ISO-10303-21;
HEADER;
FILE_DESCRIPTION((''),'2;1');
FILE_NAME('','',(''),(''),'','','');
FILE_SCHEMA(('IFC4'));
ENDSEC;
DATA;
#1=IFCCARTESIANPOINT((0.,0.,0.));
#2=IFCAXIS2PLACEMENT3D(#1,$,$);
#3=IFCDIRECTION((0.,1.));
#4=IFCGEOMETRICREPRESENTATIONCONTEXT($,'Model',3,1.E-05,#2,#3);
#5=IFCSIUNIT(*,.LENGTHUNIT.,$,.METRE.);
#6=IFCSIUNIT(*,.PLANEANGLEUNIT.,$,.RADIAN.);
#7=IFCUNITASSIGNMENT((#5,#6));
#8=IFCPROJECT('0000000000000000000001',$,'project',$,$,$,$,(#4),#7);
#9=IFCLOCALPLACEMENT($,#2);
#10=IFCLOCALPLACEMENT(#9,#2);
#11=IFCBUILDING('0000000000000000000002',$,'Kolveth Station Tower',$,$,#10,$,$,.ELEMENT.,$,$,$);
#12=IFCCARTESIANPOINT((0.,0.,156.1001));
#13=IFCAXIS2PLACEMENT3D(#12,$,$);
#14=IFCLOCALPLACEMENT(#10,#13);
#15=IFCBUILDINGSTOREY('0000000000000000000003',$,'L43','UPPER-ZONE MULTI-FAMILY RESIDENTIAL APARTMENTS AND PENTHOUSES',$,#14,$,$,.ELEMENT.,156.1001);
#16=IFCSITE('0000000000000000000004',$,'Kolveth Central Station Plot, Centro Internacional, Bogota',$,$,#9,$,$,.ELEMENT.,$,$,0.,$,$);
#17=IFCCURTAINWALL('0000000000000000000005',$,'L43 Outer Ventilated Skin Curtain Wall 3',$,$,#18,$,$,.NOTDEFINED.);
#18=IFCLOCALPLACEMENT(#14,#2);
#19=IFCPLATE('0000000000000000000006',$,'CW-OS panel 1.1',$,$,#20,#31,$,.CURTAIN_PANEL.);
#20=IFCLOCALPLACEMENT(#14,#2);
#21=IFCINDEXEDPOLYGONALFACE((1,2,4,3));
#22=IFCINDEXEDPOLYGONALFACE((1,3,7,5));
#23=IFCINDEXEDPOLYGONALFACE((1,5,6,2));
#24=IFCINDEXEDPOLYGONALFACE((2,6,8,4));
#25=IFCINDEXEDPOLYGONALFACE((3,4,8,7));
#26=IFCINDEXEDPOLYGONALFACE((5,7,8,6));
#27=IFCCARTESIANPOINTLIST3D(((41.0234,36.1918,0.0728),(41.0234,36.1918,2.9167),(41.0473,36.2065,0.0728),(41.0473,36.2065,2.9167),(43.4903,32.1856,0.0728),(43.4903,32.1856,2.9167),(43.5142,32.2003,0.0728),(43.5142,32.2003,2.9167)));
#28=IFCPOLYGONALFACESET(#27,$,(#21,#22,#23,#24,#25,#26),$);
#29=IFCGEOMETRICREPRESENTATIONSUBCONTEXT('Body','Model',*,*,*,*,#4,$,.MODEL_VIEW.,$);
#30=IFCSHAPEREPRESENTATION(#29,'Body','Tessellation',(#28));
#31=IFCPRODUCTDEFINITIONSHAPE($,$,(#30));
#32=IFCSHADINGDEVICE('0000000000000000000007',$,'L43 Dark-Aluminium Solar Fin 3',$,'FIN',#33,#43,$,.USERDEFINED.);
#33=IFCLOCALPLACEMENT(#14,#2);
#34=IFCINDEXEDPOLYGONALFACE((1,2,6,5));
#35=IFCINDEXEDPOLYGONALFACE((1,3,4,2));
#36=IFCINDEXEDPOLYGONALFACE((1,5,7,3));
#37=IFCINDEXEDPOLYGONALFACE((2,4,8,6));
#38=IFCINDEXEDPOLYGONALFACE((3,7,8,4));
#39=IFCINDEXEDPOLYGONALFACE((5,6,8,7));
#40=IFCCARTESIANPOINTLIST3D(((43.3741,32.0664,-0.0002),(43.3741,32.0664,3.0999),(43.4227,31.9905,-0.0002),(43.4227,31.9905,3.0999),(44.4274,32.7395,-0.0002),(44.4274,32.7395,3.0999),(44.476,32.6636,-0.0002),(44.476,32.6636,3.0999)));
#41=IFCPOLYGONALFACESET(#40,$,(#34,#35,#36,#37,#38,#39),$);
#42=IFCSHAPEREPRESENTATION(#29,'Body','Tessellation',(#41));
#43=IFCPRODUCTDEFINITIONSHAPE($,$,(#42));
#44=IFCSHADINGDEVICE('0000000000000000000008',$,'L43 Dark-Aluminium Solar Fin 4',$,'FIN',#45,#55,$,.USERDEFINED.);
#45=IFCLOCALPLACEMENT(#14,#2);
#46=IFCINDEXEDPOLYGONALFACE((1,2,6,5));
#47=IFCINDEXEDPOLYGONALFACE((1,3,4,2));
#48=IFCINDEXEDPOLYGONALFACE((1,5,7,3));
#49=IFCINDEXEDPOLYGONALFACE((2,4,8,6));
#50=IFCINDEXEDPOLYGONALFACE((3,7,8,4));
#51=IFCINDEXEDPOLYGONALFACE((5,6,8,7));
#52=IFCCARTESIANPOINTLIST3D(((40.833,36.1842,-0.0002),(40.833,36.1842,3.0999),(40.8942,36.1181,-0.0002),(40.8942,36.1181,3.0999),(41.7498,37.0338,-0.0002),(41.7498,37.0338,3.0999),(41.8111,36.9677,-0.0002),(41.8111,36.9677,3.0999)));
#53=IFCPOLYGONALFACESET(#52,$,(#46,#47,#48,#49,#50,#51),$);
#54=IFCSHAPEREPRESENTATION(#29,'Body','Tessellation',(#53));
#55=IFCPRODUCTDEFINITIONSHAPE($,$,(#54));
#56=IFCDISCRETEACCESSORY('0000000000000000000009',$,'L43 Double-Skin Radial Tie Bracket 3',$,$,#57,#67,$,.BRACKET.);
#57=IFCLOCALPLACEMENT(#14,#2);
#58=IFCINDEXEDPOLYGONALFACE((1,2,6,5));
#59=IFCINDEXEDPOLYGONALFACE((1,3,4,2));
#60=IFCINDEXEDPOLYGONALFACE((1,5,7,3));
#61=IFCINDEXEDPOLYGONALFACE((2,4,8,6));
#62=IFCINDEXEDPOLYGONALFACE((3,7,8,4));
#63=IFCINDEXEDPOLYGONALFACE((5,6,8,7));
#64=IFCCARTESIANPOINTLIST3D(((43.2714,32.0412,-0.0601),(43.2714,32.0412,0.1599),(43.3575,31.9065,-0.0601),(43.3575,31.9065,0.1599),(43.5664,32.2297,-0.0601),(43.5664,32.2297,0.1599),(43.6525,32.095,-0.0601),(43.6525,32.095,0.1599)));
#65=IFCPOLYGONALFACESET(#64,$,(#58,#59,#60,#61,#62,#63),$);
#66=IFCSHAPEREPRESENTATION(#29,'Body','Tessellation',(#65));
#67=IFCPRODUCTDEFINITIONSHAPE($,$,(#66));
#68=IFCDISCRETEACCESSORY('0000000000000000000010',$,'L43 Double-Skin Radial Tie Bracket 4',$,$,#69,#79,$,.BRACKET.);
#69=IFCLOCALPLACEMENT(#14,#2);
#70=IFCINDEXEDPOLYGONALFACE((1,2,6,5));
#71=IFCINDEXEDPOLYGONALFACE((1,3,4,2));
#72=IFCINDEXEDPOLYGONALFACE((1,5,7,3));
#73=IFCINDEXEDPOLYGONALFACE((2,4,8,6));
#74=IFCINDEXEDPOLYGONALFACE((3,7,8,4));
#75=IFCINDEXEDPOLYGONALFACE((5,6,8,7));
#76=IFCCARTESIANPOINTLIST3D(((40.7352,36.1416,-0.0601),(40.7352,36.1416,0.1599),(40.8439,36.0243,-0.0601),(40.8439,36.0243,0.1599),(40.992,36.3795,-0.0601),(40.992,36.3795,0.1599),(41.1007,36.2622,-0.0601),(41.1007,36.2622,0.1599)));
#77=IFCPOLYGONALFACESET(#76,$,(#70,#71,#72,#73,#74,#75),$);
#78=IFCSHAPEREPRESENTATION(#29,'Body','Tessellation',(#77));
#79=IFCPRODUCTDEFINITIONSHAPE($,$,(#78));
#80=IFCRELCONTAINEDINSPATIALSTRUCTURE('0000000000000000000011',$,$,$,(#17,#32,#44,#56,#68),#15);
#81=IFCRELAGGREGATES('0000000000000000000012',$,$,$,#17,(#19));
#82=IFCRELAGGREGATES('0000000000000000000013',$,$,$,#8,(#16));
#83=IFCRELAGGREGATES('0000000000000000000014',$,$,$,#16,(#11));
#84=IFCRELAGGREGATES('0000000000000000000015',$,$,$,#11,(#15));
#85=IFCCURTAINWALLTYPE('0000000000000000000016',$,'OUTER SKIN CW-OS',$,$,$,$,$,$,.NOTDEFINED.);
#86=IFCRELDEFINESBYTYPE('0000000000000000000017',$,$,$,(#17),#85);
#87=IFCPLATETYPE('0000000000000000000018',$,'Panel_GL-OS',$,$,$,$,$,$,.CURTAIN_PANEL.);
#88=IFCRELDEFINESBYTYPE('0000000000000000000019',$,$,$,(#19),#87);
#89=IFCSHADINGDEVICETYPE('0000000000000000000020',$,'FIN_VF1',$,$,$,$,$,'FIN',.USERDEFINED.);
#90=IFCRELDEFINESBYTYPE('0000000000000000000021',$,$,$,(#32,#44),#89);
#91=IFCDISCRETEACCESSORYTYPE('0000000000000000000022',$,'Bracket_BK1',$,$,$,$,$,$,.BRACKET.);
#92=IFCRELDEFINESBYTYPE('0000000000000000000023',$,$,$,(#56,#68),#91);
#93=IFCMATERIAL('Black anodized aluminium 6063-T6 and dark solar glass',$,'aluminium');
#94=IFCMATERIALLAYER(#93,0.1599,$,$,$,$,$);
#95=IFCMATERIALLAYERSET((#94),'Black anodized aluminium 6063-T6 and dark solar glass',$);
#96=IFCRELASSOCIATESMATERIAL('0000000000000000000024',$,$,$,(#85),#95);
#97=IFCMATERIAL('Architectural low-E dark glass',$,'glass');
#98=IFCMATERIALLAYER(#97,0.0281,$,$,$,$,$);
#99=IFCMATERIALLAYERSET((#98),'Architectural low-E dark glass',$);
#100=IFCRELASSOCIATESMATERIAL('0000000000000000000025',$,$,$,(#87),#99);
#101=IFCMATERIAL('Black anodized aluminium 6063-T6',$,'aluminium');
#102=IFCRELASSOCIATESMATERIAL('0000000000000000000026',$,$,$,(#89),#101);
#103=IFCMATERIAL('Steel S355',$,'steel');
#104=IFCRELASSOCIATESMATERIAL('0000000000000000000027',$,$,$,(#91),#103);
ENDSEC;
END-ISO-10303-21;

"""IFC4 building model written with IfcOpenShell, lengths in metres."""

from ifc_helpers import new_model, si_unit, direction, frame, origin, origin_2d, place, context, subcontext, project, spatial, rectangle, extrude, source, transform, mapped, material, layer, layer_set, type_object, element, aggregate, save


model = new_model("IFC4")

# Units and contexts
model_context = context("Model", 3, precision=1e-05, world=origin(), true_north=direction((0.0, 1.0)))
body_context = subcontext(model_context, "Body", "Model", "MODEL_VIEW")
ifc_project = project(units=[si_unit("LENGTHUNIT", "METRE"), si_unit("PLANEANGLEUNIT", "RADIAN")], contexts=[model_context])

# Site, building, storey
site_placement = place(None, origin())
site = spatial("IfcSite", under=ifc_project, at=site_placement, Name="Kolveth Central Station Plot, Centro Internacional, Bogota", CompositionType="ELEMENT", RefElevation=0.0)
building_placement = place(site_placement, origin())
building = spatial("IfcBuilding", under=site, at=building_placement, Name="Kolveth Station Tower", CompositionType="ELEMENT")
storey_placement = place(building_placement, frame((0.0, 0.0, 156.1001)))
storey = spatial("IfcBuildingStorey", under=building, at=storey_placement, Name="L43", Description="UPPER-ZONE MULTI-FAMILY RESIDENTIAL APARTMENTS AND PENTHOUSES", CompositionType="ELEMENT", Elevation=156.1001)

# Shared definitions
ifc_material_1 = material(Name="Steel S355", Category="steel")

# Shared definitions
ifc_material_2 = material(Name="Black anodized aluminium 6063-T6", Category="aluminium")

# Shared definitions
ifc_material_3 = material(Name="Black anodized aluminium 6063-T6 and dark solar glass", Category="aluminium")
ifc_layer_1 = layer(ifc_material_3, 0.1599)
ifc_layer_set_1 = layer_set([ifc_layer_1], Name="Black anodized aluminium 6063-T6 and dark solar glass")
curtain_wall_type_1 = type_object("IfcCurtainWallType", Name="OUTER SKIN CW-OS", PredefinedType="NOTDEFINED", material=ifc_layer_set_1)

# Curtain wall
curtain_wall_1_placement = place(storey_placement, origin())
curtain_wall_1 = element("IfcCurtainWall", 1, at=curtain_wall_1_placement, inside=storey, type_object=curtain_wall_type_1, Name="L43 Outer Ventilated Skin Curtain Wall 3", PredefinedType="NOTDEFINED")

# Plate
ifc_material_4 = material(Name="Architectural low-E dark glass", Category="glass")
ifc_layer_2 = layer(ifc_material_4, 0.0281)
ifc_layer_set_2 = layer_set([ifc_layer_2], Name="Architectural low-E dark glass")
plate_type_1 = type_object("IfcPlateType", Name="Panel_GL-OS", PredefinedType="CURTAIN_PANEL", material=ifc_layer_set_2)
shared_shape_1 = source(origin(), body_context, "Body", "SweptSolid", [
    extrude(rectangle(XDim=4.7048, YDim=0.0281, at=origin_2d()), origin(), (0.0, 0.0, 1.0), 2.844),
])
plate_1_placement = place(storey_placement, frame((42.2688, 34.196, 0.0728), z_axis=(0.0, 0.0, 1.0), x_axis=(-0.52434, 0.851509, 0.0)))
plate_1 = element("IfcPlate", 2, at=plate_1_placement, type_object=plate_type_1, Name="CW-OS panel 1.1", PredefinedType="CURTAIN_PANEL", context=body_context, shape_type="MappedRepresentation", body=[
    mapped(shared_shape_1, transform((0.0, 0.0, 0.0), x_axis=(1.0, 0.0, 0.0), y_axis=(0.0, 1.0, 0.0), z_axis=(0.0, 0.0, 1.0), scale=1.0)),
])
aggregate(curtain_wall_1, [plate_1])

# Shading devices
shading_device_type = type_object("IfcShadingDeviceType", Name="FIN_VF1", ElementType="FIN", PredefinedType="USERDEFINED", material=ifc_material_2)
shared_shape_2 = source(origin(), body_context, "Body", "SweptSolid", [
    extrude(rectangle(XDim=1.25, YDim=0.0901, at=origin_2d()), origin(), (0.0, 0.0, 1.0), 3.1001),
])
for number, where, z_axis, x_axis, name in (
    (3, (43.925, 32.365, -0.0002), (0.0, 0.0, 1.0), (0.84264, 0.538477, 0.0), "L43 Dark-Aluminium Solar Fin 3"),
    (4, (41.322, 36.5759, -0.0002), (0.0, 0.0, 1.0), (0.733493, 0.679697, 0.0), "L43 Dark-Aluminium Solar Fin 4"),
):
    element("IfcShadingDevice", number, at=place(storey_placement, frame(where, z_axis=z_axis, x_axis=x_axis)), inside=storey, type_object=shading_device_type, Name=name, ObjectType="FIN", PredefinedType="USERDEFINED", context=body_context, shape_type="MappedRepresentation", body=[
        mapped(shared_shape_2, transform((0.0, 0.0, 0.0), x_axis=(1.0, 0.0, 0.0), y_axis=(0.0, 1.0, 0.0), z_axis=(0.0, 0.0, 1.0), scale=1.0)),
    ])

# Discrete accessories
discrete_accessory_type = type_object("IfcDiscreteAccessoryType", Name="Bracket_BK1", PredefinedType="BRACKET", material=ifc_material_1)
shared_shape_3 = source(origin(), body_context, "Body", "SweptSolid", [
    extrude(rectangle(XDim=0.3501, YDim=0.1599, at=origin_2d()), origin(), (0.0, 0.0, 1.0), 0.22),
])
for number, where, z_axis, x_axis, name in (
    (5, (43.4619, 32.0681, -0.0601), (0.0, 0.0, 1.0), (0.84264, 0.538477, 0.0), "L43 Double-Skin Radial Tie Bracket 3"),
    (6, (40.918, 36.2019, -0.0601), (0.0, 0.0, 1.0), (0.733493, 0.679697, 0.0), "L43 Double-Skin Radial Tie Bracket 4"),
):
    element("IfcDiscreteAccessory", number, at=place(storey_placement, frame(where, z_axis=z_axis, x_axis=x_axis)), inside=storey, type_object=discrete_accessory_type, Name=name, PredefinedType="BRACKET", context=body_context, shape_type="MappedRepresentation", body=[
        mapped(shared_shape_3, transform((0.0, 0.0, 0.0), x_axis=(1.0, 0.0, 0.0), y_axis=(0.0, 1.0, 0.0), z_axis=(0.0, 0.0, 1.0), scale=1.0)),
    ])

save(model, "model.ifc")
